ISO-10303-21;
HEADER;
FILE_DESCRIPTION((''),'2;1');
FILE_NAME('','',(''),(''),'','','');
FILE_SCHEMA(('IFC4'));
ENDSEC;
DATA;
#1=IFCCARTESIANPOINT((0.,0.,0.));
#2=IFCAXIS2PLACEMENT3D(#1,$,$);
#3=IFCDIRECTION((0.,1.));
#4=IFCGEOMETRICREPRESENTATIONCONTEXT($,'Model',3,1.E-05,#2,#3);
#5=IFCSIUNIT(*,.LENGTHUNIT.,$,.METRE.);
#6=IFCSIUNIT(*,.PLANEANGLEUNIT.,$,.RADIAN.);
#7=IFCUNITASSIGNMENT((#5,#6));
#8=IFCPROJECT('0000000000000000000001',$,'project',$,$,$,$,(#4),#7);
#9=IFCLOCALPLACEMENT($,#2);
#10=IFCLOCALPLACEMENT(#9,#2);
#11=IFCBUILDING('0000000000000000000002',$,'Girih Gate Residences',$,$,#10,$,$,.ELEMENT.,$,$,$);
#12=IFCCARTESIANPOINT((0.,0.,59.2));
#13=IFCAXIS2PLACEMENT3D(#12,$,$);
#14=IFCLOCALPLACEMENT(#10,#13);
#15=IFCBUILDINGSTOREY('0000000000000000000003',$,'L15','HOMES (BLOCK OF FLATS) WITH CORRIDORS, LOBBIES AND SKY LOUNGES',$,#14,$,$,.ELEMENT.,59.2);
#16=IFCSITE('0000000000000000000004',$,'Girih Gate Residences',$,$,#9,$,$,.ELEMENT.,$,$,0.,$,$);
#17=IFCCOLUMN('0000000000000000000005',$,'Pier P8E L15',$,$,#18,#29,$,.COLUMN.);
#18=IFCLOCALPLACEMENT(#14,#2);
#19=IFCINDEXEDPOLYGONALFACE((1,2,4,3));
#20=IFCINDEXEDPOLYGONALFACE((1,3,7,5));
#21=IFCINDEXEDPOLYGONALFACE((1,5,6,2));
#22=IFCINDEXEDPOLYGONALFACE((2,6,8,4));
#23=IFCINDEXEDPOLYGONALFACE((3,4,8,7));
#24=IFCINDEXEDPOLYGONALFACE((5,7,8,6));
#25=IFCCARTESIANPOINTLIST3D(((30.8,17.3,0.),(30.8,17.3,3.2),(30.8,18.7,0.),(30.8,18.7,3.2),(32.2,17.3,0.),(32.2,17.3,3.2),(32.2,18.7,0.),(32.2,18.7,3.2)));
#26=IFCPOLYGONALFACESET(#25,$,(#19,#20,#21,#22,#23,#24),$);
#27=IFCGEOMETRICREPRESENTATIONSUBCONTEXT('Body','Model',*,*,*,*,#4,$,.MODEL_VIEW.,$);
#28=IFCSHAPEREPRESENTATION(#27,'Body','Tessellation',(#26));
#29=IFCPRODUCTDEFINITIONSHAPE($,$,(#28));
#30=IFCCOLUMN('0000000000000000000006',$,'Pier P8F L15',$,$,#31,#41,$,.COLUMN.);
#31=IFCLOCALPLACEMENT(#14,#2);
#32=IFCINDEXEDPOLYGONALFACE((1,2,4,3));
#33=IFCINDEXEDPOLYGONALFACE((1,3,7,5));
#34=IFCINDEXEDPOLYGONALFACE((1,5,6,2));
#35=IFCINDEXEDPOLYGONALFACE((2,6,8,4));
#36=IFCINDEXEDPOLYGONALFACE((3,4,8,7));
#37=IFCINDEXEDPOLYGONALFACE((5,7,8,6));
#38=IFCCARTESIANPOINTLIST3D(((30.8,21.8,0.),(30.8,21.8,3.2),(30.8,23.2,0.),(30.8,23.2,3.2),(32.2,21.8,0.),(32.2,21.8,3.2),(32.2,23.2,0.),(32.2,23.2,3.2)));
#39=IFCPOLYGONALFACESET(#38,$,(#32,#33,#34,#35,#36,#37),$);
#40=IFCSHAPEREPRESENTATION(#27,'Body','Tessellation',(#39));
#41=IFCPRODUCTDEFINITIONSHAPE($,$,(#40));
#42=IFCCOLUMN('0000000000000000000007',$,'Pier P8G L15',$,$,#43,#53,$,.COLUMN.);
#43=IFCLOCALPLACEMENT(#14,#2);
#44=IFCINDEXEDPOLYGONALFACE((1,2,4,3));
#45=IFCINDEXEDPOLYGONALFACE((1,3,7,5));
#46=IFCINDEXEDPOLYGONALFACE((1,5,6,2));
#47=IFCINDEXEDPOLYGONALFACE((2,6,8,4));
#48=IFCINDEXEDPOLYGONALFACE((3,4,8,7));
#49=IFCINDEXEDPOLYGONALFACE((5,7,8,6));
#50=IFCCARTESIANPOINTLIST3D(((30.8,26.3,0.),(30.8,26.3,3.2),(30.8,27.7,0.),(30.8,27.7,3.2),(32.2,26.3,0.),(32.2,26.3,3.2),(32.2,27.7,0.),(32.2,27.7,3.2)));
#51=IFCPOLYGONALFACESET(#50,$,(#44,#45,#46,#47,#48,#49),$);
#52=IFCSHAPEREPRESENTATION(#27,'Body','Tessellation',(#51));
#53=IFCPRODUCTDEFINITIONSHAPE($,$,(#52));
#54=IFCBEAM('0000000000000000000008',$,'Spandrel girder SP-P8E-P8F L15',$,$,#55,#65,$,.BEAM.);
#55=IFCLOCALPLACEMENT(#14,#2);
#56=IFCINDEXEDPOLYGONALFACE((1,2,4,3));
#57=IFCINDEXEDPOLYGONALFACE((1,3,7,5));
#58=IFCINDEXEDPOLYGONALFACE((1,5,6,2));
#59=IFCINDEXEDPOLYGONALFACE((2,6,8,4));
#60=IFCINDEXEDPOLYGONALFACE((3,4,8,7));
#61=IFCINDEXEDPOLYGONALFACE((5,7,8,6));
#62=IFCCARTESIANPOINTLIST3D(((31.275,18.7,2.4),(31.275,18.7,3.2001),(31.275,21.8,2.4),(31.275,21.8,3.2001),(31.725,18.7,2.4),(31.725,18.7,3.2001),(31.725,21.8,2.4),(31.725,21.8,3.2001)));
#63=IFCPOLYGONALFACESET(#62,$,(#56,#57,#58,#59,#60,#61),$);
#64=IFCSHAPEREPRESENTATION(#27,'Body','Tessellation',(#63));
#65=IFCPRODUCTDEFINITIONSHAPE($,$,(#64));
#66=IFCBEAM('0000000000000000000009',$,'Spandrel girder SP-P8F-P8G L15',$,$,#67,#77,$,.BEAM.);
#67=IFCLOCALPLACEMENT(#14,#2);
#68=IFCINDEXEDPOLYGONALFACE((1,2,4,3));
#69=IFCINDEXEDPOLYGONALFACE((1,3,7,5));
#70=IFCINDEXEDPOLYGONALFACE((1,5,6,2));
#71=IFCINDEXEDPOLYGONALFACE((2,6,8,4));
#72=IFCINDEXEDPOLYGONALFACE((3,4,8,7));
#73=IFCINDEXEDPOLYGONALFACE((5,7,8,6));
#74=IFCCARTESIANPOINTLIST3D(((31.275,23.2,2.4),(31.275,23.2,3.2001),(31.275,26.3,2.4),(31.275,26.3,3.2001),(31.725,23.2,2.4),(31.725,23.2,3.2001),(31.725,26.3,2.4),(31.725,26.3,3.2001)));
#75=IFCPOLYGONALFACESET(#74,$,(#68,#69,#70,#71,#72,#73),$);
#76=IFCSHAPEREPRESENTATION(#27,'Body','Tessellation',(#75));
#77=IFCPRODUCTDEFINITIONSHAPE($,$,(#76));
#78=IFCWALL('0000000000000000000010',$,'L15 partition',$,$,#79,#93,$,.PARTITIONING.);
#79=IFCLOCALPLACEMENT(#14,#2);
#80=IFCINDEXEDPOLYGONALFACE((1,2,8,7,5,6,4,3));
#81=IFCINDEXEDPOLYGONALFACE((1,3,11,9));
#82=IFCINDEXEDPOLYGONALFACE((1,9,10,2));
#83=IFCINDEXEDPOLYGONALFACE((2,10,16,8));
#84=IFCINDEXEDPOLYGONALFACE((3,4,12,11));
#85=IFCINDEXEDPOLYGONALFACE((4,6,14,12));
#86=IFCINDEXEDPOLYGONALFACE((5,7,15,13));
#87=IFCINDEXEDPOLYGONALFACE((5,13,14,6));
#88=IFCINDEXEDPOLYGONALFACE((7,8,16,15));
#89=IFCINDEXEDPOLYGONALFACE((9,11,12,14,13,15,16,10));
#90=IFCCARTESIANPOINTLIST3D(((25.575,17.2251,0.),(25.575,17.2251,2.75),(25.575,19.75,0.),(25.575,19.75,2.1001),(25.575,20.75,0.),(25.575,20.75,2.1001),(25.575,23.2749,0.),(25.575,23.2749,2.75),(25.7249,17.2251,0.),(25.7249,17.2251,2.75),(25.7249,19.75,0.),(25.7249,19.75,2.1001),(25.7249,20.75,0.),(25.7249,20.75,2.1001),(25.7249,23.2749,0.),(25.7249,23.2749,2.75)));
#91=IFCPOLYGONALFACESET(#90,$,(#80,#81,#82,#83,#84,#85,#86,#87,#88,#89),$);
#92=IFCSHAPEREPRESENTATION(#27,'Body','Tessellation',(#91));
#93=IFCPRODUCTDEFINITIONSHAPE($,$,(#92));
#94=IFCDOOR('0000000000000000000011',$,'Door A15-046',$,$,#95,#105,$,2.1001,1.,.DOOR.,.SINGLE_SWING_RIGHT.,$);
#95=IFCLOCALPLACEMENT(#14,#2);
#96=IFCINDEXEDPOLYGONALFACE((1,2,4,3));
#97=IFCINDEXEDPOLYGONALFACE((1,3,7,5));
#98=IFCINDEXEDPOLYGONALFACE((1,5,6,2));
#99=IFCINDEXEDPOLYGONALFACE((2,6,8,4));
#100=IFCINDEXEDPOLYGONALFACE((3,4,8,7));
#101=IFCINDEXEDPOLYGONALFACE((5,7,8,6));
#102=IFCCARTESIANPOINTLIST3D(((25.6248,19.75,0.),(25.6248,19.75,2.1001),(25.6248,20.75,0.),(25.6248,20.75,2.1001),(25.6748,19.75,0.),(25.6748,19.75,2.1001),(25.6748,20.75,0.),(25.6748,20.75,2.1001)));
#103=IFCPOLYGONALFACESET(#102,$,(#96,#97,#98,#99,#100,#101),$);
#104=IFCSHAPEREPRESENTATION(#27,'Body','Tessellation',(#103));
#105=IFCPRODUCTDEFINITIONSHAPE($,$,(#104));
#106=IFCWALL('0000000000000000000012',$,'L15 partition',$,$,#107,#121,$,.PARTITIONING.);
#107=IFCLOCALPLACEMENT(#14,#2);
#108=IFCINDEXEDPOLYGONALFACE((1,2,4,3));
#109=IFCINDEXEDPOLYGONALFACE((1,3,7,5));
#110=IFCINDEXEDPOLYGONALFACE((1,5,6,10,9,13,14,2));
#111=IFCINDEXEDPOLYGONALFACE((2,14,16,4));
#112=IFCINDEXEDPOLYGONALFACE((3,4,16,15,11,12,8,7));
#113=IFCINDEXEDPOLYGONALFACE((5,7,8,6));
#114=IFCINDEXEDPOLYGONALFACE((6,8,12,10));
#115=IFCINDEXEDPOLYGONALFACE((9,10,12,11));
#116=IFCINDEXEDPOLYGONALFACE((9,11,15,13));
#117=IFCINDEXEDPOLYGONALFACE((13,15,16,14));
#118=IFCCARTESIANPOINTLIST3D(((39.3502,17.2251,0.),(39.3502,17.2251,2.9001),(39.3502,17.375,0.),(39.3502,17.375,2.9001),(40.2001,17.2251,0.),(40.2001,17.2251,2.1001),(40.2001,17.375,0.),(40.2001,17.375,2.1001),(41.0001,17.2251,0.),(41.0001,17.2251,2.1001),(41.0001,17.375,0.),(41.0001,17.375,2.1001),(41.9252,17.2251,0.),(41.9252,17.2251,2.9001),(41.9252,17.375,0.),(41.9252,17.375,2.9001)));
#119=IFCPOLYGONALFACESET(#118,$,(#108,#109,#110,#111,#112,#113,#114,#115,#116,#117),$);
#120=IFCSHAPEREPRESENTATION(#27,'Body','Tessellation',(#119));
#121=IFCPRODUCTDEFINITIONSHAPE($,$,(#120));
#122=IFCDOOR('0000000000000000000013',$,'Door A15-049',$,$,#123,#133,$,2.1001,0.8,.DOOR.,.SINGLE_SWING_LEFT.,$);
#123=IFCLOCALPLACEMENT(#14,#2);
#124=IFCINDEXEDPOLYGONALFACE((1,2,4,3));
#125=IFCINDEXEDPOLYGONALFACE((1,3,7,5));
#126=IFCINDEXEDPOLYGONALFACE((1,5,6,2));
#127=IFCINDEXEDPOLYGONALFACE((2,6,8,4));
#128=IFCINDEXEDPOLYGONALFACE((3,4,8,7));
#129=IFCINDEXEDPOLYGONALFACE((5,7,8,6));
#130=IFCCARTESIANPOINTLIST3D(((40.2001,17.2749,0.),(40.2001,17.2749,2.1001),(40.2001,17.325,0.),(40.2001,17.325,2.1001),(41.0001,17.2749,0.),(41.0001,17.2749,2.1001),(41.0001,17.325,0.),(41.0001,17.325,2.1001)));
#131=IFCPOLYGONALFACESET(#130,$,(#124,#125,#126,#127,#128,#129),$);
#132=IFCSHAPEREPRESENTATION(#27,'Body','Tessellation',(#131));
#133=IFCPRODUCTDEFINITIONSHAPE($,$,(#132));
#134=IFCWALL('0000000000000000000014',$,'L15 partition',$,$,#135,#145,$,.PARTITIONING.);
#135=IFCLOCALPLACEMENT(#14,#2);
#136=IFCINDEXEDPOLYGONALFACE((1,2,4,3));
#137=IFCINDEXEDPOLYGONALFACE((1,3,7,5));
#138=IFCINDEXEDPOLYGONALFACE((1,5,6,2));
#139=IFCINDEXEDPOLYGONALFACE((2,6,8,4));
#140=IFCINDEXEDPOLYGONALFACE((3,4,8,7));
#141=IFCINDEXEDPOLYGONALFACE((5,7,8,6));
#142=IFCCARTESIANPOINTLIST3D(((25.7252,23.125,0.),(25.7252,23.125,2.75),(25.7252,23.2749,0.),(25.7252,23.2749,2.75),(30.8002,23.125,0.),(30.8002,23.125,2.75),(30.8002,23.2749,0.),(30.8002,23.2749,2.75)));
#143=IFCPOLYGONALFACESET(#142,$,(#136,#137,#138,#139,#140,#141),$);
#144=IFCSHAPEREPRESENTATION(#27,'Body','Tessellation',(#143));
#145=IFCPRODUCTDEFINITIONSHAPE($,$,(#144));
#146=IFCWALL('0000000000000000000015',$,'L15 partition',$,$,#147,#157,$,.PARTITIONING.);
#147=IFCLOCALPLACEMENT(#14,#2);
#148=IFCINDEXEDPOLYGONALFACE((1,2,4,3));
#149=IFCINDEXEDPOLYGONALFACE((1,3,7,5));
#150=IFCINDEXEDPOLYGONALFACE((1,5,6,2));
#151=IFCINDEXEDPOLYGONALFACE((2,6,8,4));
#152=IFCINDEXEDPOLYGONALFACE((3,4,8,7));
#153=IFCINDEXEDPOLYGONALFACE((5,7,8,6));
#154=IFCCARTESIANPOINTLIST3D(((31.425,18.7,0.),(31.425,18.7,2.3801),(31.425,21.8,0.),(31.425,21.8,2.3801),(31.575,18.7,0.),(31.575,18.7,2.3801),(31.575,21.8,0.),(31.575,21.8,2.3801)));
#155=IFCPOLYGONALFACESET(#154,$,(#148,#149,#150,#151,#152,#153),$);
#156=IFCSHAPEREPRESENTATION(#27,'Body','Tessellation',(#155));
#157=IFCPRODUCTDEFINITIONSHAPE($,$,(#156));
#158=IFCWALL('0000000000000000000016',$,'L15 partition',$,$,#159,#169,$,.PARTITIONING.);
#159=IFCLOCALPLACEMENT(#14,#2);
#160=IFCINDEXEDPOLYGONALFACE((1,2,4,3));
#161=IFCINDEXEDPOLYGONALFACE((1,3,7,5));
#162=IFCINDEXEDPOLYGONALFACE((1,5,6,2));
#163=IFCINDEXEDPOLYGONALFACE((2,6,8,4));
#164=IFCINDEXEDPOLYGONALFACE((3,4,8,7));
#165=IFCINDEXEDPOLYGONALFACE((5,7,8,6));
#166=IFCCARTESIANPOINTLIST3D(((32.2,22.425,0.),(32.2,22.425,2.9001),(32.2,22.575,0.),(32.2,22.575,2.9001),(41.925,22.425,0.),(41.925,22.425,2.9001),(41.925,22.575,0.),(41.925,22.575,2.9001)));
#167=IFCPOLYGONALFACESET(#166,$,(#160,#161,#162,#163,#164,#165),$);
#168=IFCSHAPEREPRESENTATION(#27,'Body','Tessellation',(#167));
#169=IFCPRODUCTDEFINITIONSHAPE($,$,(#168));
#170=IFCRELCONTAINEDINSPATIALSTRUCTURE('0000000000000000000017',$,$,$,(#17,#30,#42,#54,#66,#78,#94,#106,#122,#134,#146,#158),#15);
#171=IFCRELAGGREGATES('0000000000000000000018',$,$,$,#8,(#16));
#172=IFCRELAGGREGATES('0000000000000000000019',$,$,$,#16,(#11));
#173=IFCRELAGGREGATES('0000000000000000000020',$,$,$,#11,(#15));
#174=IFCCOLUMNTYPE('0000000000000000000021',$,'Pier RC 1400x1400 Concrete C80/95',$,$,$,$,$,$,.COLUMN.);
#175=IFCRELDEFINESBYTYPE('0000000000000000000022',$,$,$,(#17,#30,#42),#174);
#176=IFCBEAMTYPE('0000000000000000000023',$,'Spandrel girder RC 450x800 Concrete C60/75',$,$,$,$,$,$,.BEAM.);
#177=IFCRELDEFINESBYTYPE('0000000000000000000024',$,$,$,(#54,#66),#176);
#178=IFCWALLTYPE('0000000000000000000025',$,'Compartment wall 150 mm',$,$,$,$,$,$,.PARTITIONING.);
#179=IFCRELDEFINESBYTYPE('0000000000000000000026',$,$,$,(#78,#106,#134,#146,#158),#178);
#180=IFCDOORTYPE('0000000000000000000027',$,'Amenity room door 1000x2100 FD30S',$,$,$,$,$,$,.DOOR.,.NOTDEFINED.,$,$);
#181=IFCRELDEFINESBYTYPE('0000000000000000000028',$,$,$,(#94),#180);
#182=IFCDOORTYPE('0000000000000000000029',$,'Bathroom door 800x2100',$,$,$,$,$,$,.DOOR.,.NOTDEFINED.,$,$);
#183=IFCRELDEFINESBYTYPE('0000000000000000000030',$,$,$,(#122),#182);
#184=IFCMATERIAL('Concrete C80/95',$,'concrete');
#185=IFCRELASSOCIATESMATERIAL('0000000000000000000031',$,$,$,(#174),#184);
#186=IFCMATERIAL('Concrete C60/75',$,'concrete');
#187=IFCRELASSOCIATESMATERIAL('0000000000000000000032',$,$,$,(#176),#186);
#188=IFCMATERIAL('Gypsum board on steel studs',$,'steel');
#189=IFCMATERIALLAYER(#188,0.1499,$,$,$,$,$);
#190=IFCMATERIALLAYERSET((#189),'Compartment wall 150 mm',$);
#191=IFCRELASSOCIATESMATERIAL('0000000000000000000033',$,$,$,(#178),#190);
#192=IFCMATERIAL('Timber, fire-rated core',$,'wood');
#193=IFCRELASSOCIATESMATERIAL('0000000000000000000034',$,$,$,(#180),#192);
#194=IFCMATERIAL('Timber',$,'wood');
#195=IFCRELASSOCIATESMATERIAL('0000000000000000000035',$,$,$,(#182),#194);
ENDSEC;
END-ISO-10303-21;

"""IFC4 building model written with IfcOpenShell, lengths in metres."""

from ifc_helpers import new_model, si_unit, direction, frame, frame_2d, origin, origin_2d, place, context, subcontext, project, spatial, rectangle, extrude, material, layer, layer_set, material_profile, profile_set, type_object, element, fill, save


model = new_model("IFC4")

# Units and contexts
model_context = context("Model", 3, precision=1e-05, world=origin(), true_north=direction((0.0, 1.0)))
body_context = subcontext(model_context, "Body", "Model", "MODEL_VIEW")
ifc_project = project(units=[si_unit("LENGTHUNIT", "METRE"), si_unit("PLANEANGLEUNIT", "RADIAN")], contexts=[model_context])

# Site, building, storey
site_placement = place(None, origin())
site = spatial("IfcSite", under=ifc_project, at=site_placement, Name="Girih Gate Residences", CompositionType="ELEMENT", RefElevation=0.0)
building_placement = place(site_placement, origin())
building = spatial("IfcBuilding", under=site, at=building_placement, Name="Girih Gate Residences", CompositionType="ELEMENT")
storey_placement = place(building_placement, frame((0.0, 0.0, 59.2)))
storey = spatial("IfcBuildingStorey", under=building, at=storey_placement, Name="L15", Description="HOMES (BLOCK OF FLATS) WITH CORRIDORS, LOBBIES AND SKY LOUNGES", CompositionType="ELEMENT", Elevation=59.2)

# Columns
ifc_material_1 = material(Name="Concrete C80/95", Category="concrete")
ifc_material_profile_1 = material_profile(ifc_material_1, rectangle(XDim=1.3999, YDim=1.3999, at=origin_2d()))
ifc_profile_set_1 = profile_set([ifc_material_profile_1], Name="Concrete C80/95")
column_type = type_object("IfcColumnType", Name="Pier RC 1400x1400 Concrete C80/95", PredefinedType="COLUMN", material=ifc_profile_set_1)
for number, where, z_axis, x_axis, name in (
    (1, (31.5, 18.0, 0.0), (0.0, 0.0, 1.0), (1.0, 0.0, 0.0), "Pier P8E L15"),
    (2, (31.5, 22.5, 0.0), (0.0, 0.0, 1.0), (1.0, 0.0, 0.0), "Pier P8F L15"),
    (3, (31.5, 27.0, 0.0), (0.0, 0.0, 1.0), (1.0, 0.0, 0.0), "Pier P8G L15"),
):
    element("IfcColumn", number, at=place(storey_placement, frame(where, z_axis=z_axis, x_axis=x_axis)), inside=storey, type_object=column_type, Name=name, PredefinedType="COLUMN", context=body_context, shape_type="SweptSolid", body=[
        extrude(rectangle(XDim=1.3999, YDim=1.3999, at=origin_2d()), origin(), (0.0, 0.0, 1.0), 3.2),
    ])

# Beams
ifc_material_2 = material(Name="Concrete C60/75", Category="concrete")
ifc_material_profile_2 = material_profile(ifc_material_2, rectangle(XDim=0.45, YDim=0.8, at=origin_2d()))
ifc_profile_set_2 = profile_set([ifc_material_profile_2], Name="Concrete C60/75")
beam_type = type_object("IfcBeamType", Name="Spandrel girder RC 450x800 Concrete C60/75", PredefinedType="BEAM", material=ifc_profile_set_2)
for number, where, z_axis, x_axis, name in (
    (4, (31.5, 18.7, 2.8), (0.0, 1.0, 0.0), (-1.0, 0.0, 0.0), "Spandrel girder SP-P8E-P8F L15"),
    (5, (31.5, 23.2, 2.8), (0.0, 1.0, 0.0), (-1.0, 0.0, 0.0), "Spandrel girder SP-P8F-P8G L15"),
):
    element("IfcBeam", number, at=place(storey_placement, frame(where, z_axis=z_axis, x_axis=x_axis)), inside=storey, type_object=beam_type, Name=name, PredefinedType="BEAM", context=body_context, shape_type="SweptSolid", body=[
        extrude(rectangle(XDim=0.45, YDim=0.8, at=origin_2d()), origin(), (0.0, 0.0, 1.0), 3.1001),
    ])

# Walls, openings, doors
ifc_material_3 = material(Name="Gypsum board on steel studs", Category="steel")
ifc_layer_1 = layer(ifc_material_3, 0.1499)
ifc_layer_set_1 = layer_set([ifc_layer_1], Name="Compartment wall 150 mm")
wall_type_1 = type_object("IfcWallType", Name="Compartment wall 150 mm", PredefinedType="PARTITIONING", material=ifc_layer_set_1)
wall_1_placement = place(storey_placement, frame((25.6499, 23.2749, 0.0), z_axis=(0.0, 0.0, 1.0), x_axis=(0.0, -1.0, 0.0)))
wall_1 = element("IfcWall", 6, at=wall_1_placement, inside=storey, type_object=wall_type_1, Name="L15 partition", PredefinedType="PARTITIONING", context=body_context, shape_type="SweptSolid", body=[
    extrude(rectangle(XDim=6.0498, YDim=0.1499, at=frame_2d((3.0249, 0.0))), origin(), (0.0, 0.0, 1.0), 2.75),
])
opening_1_placement = place(wall_1_placement, frame((2.5249, 0.0, 0.0)))
opening_1 = element("IfcOpeningElement", 7, at=opening_1_placement, cuts=wall_1, PredefinedType="OPENING", context=body_context, shape_type="SweptSolid", body=[
    extrude(rectangle(XDim=1.0, YDim=2.1001, at=frame_2d((0.5, 1.05))), frame((0.0, 0.085, 0.0), z_axis=(0.0, -1.0, 0.0), x_axis=(1.0, 0.0, 0.0)), (0.0, 0.0, 1.0), 0.1699),
])
ifc_material_4 = material(Name="Timber, fire-rated core", Category="wood")
door_type_1 = type_object("IfcDoorType", Name="Amenity room door 1000x2100 FD30S", OperationType="NOTDEFINED", PredefinedType="DOOR", material=ifc_material_4)
door_1_placement = place(opening_1_placement, origin())
door_1 = element("IfcDoor", 8, at=door_1_placement, inside=storey, type_object=door_type_1, Name="Door A15-046", OperationType="SINGLE_SWING_RIGHT", OverallHeight=2.1001, OverallWidth=1.0, PredefinedType="DOOR", context=body_context, shape_type="SweptSolid", body=[
    extrude(rectangle(XDim=1.0, YDim=2.1001, at=frame_2d((0.5, 1.05))), frame((0.0, 0.0249, 0.0), z_axis=(0.0, -1.0, 0.0), x_axis=(1.0, 0.0, 0.0)), (0.0, 0.0, 1.0), 0.05),
])
fill(opening_1, door_1)
wall_2_placement = place(storey_placement, frame((39.3501, 17.3, 0.0), z_axis=(0.0, 0.0, 1.0), x_axis=(1.0, 0.0, 0.0)))
wall_2 = element("IfcWall", 9, at=wall_2_placement, inside=storey, type_object=wall_type_1, Name="L15 partition", PredefinedType="PARTITIONING", context=body_context, shape_type="SweptSolid", body=[
    extrude(rectangle(XDim=2.575, YDim=0.1499, at=frame_2d((1.2876, 0.0))), origin(), (0.0, 0.0, 1.0), 2.9001),
])
opening_2_placement = place(wall_2_placement, frame((0.8501, 0.0, 0.0)))
opening_2 = element("IfcOpeningElement", 10, at=opening_2_placement, cuts=wall_2, PredefinedType="OPENING", context=body_context, shape_type="SweptSolid", body=[
    extrude(rectangle(XDim=0.8, YDim=2.1001, at=frame_2d((0.3999, 1.05))), frame((0.0, 0.085, 0.0), z_axis=(0.0, -1.0, 0.0), x_axis=(1.0, 0.0, 0.0)), (0.0, 0.0, 1.0), 0.1699),
])
ifc_material_5 = material(Name="Timber", Category="wood")
door_type_2 = type_object("IfcDoorType", Name="Bathroom door 800x2100", OperationType="NOTDEFINED", PredefinedType="DOOR", material=ifc_material_5)
door_2_placement = place(opening_2_placement, origin())
door_2 = element("IfcDoor", 11, at=door_2_placement, inside=storey, type_object=door_type_2, Name="Door A15-049", OperationType="SINGLE_SWING_LEFT", OverallHeight=2.1001, OverallWidth=0.8, PredefinedType="DOOR", context=body_context, shape_type="SweptSolid", body=[
    extrude(rectangle(XDim=0.8, YDim=2.1001, at=frame_2d((0.3999, 1.05))), frame((0.0, 0.0249, 0.0), z_axis=(0.0, -1.0, 0.0), x_axis=(1.0, 0.0, 0.0)), (0.0, 0.0, 1.0), 0.05),
])
fill(opening_2, door_2)

# Walls
wall_3_placement = place(storey_placement, frame((25.7251, 23.2, 0.0), z_axis=(0.0, 0.0, 1.0), x_axis=(1.0, 0.0, 0.0)))
element("IfcWall", 12, at=wall_3_placement, inside=storey, type_object=wall_type_1, Name="L15 partition", PredefinedType="PARTITIONING", context=body_context, shape_type="SweptSolid", body=[
    extrude(rectangle(XDim=5.075, YDim=0.1499, at=frame_2d((2.5376, 0.0))), origin(), (0.0, 0.0, 1.0), 2.75),
])
wall_4_placement = place(storey_placement, frame((31.5, 18.7, 0.0), z_axis=(0.0, 0.0, 1.0), x_axis=(0.0, 1.0, 0.0)))
element("IfcWall", 13, at=wall_4_placement, inside=storey, type_object=wall_type_1, Name="L15 partition", PredefinedType="PARTITIONING", context=body_context, shape_type="SweptSolid", body=[
    extrude(rectangle(XDim=3.1001, YDim=0.1499, at=frame_2d((1.55, 0.0))), origin(), (0.0, 0.0, 1.0), 2.3801),
])
wall_5_placement = place(storey_placement, frame((32.2, 22.5, 0.0), z_axis=(0.0, 0.0, 1.0), x_axis=(1.0, 0.0, 0.0)))
element("IfcWall", 14, at=wall_5_placement, inside=storey, type_object=wall_type_1, Name="L15 partition", PredefinedType="PARTITIONING", context=body_context, shape_type="SweptSolid", body=[
    extrude(rectangle(XDim=9.7251, YDim=0.1499, at=frame_2d((4.8625, 0.0))), origin(), (0.0, 0.0, 1.0), 2.9001),
])

save(model, "model.ifc")
